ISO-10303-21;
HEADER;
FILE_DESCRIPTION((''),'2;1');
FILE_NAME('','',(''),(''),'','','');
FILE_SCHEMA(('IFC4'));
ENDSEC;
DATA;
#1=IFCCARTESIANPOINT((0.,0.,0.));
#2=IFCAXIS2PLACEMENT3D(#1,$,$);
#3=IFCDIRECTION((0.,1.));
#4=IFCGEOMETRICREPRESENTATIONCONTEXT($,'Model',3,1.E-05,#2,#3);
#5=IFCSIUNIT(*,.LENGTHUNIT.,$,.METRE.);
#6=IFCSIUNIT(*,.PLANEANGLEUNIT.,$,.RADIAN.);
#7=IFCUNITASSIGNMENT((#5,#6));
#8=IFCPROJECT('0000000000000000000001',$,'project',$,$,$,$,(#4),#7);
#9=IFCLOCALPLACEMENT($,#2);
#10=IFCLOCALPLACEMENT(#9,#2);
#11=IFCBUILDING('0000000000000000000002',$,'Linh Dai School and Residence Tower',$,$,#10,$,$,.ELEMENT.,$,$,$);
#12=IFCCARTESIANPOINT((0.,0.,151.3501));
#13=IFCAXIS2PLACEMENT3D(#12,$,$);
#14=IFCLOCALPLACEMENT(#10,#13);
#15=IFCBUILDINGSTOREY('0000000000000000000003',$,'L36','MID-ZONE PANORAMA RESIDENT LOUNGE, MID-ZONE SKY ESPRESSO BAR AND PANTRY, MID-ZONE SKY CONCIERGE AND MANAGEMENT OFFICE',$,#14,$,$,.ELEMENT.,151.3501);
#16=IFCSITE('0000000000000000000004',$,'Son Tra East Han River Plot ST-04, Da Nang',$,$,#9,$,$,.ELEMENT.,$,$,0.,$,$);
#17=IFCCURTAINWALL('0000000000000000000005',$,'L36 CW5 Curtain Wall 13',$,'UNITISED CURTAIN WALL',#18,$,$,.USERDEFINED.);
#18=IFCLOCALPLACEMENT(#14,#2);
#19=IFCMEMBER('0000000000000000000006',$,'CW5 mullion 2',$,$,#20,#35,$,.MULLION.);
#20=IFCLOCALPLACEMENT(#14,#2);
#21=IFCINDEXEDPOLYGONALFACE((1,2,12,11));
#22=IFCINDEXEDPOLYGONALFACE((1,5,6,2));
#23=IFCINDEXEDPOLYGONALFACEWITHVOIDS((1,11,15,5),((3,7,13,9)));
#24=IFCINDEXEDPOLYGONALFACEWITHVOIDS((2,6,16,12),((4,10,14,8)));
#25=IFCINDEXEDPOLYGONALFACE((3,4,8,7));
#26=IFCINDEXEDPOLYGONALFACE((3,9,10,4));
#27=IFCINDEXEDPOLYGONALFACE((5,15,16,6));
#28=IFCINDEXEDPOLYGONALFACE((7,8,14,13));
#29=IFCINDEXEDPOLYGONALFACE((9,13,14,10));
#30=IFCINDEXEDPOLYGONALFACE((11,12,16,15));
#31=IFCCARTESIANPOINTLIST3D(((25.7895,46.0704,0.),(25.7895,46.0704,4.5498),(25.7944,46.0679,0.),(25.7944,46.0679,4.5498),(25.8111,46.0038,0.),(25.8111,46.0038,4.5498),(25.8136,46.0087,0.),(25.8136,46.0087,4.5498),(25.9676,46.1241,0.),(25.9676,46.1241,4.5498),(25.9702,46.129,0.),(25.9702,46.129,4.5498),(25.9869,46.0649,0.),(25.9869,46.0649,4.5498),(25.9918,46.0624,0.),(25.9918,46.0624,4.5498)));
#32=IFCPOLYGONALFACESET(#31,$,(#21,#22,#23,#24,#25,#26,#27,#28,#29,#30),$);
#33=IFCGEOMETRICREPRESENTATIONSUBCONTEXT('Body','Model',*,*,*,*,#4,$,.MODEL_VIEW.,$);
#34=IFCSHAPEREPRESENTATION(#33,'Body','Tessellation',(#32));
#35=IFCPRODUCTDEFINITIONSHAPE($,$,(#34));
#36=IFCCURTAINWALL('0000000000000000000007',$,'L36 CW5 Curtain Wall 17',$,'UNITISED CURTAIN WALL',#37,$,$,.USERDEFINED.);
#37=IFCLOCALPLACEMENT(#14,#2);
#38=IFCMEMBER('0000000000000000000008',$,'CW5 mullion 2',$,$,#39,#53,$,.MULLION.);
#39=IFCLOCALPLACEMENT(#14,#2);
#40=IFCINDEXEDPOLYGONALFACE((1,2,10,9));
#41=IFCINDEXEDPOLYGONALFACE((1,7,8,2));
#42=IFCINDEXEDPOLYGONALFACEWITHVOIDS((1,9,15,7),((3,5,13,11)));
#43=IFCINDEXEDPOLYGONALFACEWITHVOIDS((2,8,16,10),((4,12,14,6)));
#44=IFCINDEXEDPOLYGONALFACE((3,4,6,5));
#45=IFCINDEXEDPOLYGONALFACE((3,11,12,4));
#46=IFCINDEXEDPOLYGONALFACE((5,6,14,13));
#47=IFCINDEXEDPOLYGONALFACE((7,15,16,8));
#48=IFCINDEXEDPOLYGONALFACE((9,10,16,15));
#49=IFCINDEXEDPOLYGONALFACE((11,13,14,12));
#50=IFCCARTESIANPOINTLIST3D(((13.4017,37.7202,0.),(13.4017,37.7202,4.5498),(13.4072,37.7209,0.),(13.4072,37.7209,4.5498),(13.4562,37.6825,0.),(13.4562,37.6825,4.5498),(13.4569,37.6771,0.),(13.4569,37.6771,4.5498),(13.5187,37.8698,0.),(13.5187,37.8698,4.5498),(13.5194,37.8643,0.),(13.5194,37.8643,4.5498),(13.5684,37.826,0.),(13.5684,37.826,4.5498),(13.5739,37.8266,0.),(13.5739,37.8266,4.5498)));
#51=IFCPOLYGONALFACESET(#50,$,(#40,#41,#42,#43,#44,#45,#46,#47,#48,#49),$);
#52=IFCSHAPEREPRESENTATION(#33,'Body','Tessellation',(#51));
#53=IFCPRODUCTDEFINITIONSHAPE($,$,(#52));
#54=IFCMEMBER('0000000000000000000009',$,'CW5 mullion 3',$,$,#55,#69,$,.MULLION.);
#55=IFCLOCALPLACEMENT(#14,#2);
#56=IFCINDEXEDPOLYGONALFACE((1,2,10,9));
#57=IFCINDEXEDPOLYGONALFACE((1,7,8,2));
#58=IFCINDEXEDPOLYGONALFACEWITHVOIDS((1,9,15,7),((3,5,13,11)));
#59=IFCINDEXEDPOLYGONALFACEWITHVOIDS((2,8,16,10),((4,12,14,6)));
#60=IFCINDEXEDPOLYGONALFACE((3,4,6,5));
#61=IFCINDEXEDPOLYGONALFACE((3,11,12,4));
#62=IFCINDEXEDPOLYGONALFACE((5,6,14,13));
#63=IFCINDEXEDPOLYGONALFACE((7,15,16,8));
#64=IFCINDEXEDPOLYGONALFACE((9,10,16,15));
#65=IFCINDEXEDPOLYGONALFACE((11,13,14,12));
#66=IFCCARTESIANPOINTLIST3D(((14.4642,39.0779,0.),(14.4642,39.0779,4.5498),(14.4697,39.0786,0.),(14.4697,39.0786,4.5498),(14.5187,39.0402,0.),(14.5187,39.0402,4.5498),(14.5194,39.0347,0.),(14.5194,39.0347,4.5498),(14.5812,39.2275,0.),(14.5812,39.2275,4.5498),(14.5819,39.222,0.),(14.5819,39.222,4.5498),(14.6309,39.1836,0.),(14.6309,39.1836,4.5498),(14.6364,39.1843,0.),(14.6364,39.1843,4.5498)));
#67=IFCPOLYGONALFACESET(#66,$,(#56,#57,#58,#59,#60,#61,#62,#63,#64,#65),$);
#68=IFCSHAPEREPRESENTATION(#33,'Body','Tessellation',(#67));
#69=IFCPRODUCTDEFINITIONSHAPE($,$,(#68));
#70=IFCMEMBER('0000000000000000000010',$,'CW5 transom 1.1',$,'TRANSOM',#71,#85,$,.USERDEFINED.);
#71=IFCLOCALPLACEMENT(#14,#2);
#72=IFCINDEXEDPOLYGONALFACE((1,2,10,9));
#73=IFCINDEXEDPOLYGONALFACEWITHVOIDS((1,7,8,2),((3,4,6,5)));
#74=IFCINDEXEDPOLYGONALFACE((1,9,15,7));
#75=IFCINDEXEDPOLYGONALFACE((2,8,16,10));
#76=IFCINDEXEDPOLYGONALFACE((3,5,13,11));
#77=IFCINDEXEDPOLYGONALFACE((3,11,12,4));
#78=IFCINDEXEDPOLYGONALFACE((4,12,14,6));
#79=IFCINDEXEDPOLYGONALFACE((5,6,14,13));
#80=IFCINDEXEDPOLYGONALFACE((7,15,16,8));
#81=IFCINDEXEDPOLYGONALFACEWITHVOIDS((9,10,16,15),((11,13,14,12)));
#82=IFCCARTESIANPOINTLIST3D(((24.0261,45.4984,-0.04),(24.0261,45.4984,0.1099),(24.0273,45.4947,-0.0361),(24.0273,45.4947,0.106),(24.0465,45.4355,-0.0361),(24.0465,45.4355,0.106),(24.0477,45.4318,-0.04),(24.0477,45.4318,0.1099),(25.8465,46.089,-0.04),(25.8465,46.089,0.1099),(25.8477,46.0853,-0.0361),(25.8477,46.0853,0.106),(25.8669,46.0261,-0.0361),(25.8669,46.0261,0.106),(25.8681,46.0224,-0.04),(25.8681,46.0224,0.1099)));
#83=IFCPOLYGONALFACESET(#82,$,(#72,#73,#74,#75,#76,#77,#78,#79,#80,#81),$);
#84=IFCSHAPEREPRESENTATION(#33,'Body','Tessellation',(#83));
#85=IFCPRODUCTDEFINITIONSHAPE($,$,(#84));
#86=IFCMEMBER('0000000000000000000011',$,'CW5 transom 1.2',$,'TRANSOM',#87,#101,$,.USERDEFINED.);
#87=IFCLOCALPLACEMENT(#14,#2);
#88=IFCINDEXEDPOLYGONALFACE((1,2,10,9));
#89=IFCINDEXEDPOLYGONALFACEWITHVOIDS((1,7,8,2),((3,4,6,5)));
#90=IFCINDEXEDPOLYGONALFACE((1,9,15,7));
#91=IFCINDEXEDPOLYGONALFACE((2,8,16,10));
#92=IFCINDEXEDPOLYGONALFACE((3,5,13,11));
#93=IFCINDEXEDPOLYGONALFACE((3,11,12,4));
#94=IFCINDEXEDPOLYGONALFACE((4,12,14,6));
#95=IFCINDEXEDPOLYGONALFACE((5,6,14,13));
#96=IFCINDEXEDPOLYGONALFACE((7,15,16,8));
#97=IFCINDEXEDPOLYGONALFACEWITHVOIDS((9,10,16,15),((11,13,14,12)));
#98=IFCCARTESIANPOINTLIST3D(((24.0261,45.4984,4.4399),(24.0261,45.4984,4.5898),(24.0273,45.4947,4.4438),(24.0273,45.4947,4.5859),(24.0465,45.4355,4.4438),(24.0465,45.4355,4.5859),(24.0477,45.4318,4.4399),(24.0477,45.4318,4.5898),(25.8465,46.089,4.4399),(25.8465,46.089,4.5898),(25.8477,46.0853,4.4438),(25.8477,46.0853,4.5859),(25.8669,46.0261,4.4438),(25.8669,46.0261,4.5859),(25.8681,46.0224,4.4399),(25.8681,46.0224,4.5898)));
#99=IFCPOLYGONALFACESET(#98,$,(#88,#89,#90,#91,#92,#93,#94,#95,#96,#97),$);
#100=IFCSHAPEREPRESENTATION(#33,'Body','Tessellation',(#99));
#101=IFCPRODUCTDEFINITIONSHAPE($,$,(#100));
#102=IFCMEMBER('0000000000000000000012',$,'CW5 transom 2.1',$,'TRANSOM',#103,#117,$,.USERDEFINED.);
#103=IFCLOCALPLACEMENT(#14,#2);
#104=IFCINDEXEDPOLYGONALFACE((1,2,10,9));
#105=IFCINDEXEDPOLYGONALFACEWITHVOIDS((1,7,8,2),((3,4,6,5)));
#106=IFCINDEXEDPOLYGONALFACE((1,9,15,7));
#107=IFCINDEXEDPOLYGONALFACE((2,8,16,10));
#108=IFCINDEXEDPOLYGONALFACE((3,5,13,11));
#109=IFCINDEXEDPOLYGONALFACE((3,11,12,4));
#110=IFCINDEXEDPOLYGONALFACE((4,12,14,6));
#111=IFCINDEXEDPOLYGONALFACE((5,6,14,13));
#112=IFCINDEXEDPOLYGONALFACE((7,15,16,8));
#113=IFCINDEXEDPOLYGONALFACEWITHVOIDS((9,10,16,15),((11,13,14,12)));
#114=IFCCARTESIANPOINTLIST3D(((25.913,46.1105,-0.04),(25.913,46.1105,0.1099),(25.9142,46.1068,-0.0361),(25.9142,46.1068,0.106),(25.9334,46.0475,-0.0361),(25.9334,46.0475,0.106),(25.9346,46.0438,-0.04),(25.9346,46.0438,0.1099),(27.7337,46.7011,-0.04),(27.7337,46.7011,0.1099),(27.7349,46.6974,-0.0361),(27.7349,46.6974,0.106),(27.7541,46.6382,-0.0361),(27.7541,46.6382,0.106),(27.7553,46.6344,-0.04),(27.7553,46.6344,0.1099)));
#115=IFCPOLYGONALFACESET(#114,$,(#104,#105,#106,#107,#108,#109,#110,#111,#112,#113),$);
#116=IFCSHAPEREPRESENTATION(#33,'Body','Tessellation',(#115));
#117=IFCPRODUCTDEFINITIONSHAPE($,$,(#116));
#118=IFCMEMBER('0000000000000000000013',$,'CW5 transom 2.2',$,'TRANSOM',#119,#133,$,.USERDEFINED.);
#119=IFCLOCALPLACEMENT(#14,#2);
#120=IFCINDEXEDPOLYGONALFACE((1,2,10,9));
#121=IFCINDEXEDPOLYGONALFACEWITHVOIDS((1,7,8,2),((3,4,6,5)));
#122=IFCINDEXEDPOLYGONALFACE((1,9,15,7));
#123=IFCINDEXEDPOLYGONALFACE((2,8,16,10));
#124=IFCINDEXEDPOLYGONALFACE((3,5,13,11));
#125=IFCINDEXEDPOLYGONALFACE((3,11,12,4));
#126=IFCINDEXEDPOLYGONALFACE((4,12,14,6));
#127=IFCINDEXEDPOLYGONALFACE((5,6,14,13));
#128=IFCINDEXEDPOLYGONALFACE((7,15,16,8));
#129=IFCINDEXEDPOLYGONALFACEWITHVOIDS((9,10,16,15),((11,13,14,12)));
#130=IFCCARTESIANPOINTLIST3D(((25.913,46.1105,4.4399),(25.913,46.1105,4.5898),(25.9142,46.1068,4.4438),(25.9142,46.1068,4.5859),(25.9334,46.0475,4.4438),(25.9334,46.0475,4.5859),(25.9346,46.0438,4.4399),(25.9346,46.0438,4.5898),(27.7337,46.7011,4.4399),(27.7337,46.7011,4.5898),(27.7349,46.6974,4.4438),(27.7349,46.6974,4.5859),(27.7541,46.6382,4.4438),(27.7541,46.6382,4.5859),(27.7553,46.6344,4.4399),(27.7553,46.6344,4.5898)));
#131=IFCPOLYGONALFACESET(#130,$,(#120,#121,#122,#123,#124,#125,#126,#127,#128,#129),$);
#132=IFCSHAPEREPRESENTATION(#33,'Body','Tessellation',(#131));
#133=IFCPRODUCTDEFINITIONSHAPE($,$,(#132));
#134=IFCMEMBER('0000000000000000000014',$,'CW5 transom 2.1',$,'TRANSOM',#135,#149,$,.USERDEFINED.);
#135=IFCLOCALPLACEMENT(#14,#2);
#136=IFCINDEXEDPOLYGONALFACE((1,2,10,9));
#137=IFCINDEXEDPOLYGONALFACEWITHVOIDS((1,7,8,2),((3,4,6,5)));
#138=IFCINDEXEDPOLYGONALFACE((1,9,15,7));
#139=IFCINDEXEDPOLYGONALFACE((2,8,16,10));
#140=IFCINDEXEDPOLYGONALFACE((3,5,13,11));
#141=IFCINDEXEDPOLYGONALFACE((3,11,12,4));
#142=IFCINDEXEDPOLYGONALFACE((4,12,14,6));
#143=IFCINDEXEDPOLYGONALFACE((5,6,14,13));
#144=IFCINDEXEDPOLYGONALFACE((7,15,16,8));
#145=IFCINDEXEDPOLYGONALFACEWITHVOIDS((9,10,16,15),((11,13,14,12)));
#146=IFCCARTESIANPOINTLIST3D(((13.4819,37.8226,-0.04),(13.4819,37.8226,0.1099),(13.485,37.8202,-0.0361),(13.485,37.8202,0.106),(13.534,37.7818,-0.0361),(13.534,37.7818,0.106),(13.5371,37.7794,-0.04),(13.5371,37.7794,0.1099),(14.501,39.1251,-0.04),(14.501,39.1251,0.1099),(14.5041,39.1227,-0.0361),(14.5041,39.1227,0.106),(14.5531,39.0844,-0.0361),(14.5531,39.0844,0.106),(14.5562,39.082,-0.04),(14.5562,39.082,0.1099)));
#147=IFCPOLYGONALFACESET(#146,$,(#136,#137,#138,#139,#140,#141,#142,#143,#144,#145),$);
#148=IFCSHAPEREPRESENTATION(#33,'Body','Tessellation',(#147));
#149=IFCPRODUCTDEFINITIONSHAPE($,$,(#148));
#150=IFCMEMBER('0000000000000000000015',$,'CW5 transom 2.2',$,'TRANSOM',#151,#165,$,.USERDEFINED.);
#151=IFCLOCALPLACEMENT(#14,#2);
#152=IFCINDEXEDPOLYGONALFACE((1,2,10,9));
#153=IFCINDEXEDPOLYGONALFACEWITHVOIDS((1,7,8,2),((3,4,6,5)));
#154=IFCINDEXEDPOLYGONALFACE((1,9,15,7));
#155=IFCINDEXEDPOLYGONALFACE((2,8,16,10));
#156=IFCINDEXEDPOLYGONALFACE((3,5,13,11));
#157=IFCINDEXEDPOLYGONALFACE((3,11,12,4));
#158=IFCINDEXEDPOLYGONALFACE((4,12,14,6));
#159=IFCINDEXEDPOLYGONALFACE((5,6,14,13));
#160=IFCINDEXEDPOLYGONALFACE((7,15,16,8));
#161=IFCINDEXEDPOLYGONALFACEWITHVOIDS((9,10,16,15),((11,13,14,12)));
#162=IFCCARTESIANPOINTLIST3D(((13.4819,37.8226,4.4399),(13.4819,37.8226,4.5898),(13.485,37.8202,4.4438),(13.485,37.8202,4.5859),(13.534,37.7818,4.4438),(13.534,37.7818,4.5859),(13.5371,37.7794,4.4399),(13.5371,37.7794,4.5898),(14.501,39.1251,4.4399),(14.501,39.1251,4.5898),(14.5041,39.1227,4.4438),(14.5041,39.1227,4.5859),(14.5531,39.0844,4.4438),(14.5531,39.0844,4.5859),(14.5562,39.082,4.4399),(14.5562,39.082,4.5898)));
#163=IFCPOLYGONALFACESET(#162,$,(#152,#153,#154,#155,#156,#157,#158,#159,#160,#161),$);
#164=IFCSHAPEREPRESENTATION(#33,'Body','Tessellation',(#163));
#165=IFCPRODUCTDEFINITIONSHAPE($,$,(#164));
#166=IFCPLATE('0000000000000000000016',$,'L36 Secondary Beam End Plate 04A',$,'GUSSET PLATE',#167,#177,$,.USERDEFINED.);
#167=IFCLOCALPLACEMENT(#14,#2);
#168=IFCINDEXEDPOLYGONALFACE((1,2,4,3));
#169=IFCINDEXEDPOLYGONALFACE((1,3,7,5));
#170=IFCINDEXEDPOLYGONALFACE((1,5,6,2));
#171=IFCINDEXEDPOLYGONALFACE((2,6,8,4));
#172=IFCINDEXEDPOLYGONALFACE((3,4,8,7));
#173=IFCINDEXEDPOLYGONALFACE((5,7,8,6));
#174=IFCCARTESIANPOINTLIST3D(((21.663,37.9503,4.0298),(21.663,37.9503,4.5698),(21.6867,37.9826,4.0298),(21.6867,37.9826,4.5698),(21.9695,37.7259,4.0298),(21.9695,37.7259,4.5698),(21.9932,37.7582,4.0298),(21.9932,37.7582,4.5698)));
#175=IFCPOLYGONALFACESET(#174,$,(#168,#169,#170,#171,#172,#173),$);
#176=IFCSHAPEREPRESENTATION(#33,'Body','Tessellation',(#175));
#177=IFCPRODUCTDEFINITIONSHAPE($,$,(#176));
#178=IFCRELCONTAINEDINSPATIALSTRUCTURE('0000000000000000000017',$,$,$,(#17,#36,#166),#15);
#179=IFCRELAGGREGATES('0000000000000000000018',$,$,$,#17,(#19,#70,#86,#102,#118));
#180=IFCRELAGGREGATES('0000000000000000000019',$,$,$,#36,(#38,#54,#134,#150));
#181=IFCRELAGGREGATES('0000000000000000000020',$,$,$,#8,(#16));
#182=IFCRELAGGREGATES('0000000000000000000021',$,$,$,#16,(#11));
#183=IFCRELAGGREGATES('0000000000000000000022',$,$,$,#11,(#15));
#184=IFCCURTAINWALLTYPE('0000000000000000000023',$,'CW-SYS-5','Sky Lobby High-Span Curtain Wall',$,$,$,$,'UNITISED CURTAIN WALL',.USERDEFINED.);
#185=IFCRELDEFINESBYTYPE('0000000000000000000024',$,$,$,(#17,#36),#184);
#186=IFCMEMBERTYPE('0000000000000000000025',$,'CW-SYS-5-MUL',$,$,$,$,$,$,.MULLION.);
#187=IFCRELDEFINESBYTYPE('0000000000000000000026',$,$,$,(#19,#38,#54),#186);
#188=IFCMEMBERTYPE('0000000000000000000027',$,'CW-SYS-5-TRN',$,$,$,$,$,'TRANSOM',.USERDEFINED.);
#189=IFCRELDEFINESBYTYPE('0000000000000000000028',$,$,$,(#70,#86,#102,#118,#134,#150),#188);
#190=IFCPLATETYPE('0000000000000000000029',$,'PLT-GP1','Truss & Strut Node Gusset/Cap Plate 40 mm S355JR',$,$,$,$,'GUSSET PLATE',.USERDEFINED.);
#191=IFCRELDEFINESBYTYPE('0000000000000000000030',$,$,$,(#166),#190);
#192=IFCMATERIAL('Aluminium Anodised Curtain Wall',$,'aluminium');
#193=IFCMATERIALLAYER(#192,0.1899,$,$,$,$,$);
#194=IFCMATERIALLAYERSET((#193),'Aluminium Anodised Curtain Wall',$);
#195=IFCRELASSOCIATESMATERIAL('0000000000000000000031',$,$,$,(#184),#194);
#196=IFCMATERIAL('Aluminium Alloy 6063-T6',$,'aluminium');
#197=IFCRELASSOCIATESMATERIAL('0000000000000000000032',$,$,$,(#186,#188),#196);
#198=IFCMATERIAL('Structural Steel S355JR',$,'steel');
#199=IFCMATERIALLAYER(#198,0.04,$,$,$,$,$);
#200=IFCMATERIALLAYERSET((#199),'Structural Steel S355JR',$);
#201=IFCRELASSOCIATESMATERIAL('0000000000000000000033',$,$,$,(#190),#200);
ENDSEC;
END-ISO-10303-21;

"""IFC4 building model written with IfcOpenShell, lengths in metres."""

from ifc_helpers import new_model, si_unit, direction, frame, origin, origin_2d, place, context, subcontext, project, spatial, rectangle, hollow_rectangle, extrude, source, transform, mapped, material, layer, layer_set, material_profile, profile_set, type_object, element, aggregate, save


model = new_model("IFC4")

# Units and contexts
model_context = context("Model", 3, precision=1e-05, world=origin(), true_north=direction((0.0, 1.0)))
body_context = subcontext(model_context, "Body", "Model", "MODEL_VIEW")
ifc_project = project(units=[si_unit("LENGTHUNIT", "METRE"), si_unit("PLANEANGLEUNIT", "RADIAN")], contexts=[model_context])

# Site, building, storey
site_placement = place(None, origin())
site = spatial("IfcSite", under=ifc_project, at=site_placement, Name="Son Tra East Han River Plot ST-04, Da Nang", CompositionType="ELEMENT", RefElevation=0.0)
building_placement = place(site_placement, origin())
building = spatial("IfcBuilding", under=site, at=building_placement, Name="Linh Dai School and Residence Tower", CompositionType="ELEMENT")
storey_placement = place(building_placement, frame((0.0, 0.0, 151.3501)))
storey = spatial("IfcBuildingStorey", under=building, at=storey_placement, Name="L36", Description="MID-ZONE PANORAMA RESIDENT LOUNGE, MID-ZONE SKY ESPRESSO BAR AND PANTRY, MID-ZONE SKY CONCIERGE AND MANAGEMENT OFFICE", CompositionType="ELEMENT", Elevation=151.3501)

# Shared definitions
ifc_material_1 = material(Name="Structural Steel S355JR", Category="steel")

# Curtain walls, members
ifc_material_2 = material(Name="Aluminium Anodised Curtain Wall", Category="aluminium")
ifc_layer_1 = layer(ifc_material_2, 0.1899)
ifc_layer_set_1 = layer_set([ifc_layer_1], Name="Aluminium Anodised Curtain Wall")
curtain_wall_type = type_object("IfcCurtainWallType", Name="CW-SYS-5", Description="Sky Lobby High-Span Curtain Wall", ElementType="UNITISED CURTAIN WALL", PredefinedType="USERDEFINED", material=ifc_layer_set_1)
curtain_wall_1_placement = place(storey_placement, origin())
curtain_wall_1 = element("IfcCurtainWall", 1, at=curtain_wall_1_placement, inside=storey, type_object=curtain_wall_type, Name="L36 CW5 Curtain Wall 13", ObjectType="UNITISED CURTAIN WALL", PredefinedType="USERDEFINED")
ifc_material_3 = material(Name="Aluminium Alloy 6063-T6", Category="aluminium")
ifc_material_profile_1 = material_profile(ifc_material_3, hollow_rectangle(XDim=0.0701, YDim=0.1899, WallThickness=0.0039, at=origin_2d()), Name="RHS 190x70x4")
ifc_profile_set_1 = profile_set([ifc_material_profile_1], Name="Aluminium Alloy 6063-T6")
member_type_1 = type_object("IfcMemberType", Name="CW-SYS-5-MUL", PredefinedType="MULLION", material=ifc_profile_set_1)
shared_shape_1 = source(origin(), body_context, "Body", "SweptSolid", [
    extrude(hollow_rectangle(XDim=0.0701, YDim=0.1899, WallThickness=0.0039, at=origin_2d()), origin(), (0.0, 0.0, 1.0), 4.5498),
])
member_1_placement = place(storey_placement, frame((25.8906, 46.0664, 0.0), z_axis=(0.0, 0.0, 1.0), x_axis=(-0.308536, 0.951213, 0.0)))
member_1 = element("IfcMember", 2, at=member_1_placement, type_object=member_type_1, Name="CW5 mullion 2", PredefinedType="MULLION", context=body_context, shape_type="MappedRepresentation", body=[
    mapped(shared_shape_1, transform((0.0, 0.0, 0.0), x_axis=(1.0, 0.0, 0.0), y_axis=(0.0, 1.0, 0.0), z_axis=(0.0, 0.0, 1.0), scale=1.0)),
])
curtain_wall_2_placement = place(storey_placement, origin())
curtain_wall_2 = element("IfcCurtainWall", 3, at=curtain_wall_2_placement, inside=storey, type_object=curtain_wall_type, Name="L36 CW5 Curtain Wall 17", ObjectType="UNITISED CURTAIN WALL", PredefinedType="USERDEFINED")
member_2_placement = place(storey_placement, frame((13.4878, 37.7734, 0.0), z_axis=(0.0, 0.0, 1.0), x_axis=(-0.787522, 0.616286, 0.0)))
member_2 = element("IfcMember", 4, at=member_2_placement, type_object=member_type_1, Name="CW5 mullion 2", PredefinedType="MULLION", context=body_context, shape_type="MappedRepresentation", body=[
    mapped(shared_shape_1, transform((0.0, 0.0, 0.0), x_axis=(1.0, 0.0, 0.0), y_axis=(0.0, 1.0, 0.0), z_axis=(0.0, 0.0, 1.0), scale=1.0)),
])
member_3_placement = place(storey_placement, frame((14.5503, 39.1311, 0.0), z_axis=(0.0, 0.0, 1.0), x_axis=(-0.787522, 0.616286, 0.0)))
member_3 = element("IfcMember", 5, at=member_3_placement, type_object=member_type_1, Name="CW5 mullion 3", PredefinedType="MULLION", context=body_context, shape_type="MappedRepresentation", body=[
    mapped(shared_shape_1, transform((0.0, 0.0, 0.0), x_axis=(1.0, 0.0, 0.0), y_axis=(0.0, 1.0, 0.0), z_axis=(0.0, 0.0, 1.0), scale=1.0)),
])

# Members
ifc_material_profile_2 = material_profile(ifc_material_3, hollow_rectangle(XDim=0.0701, YDim=0.1499, WallThickness=0.0039, at=origin_2d()), Name="RHS 150x70x4")
ifc_profile_set_2 = profile_set([ifc_material_profile_2], Name="Aluminium Alloy 6063-T6")
member_type_2 = type_object("IfcMemberType", Name="CW-SYS-5-TRN", ElementType="TRANSOM", PredefinedType="USERDEFINED", material=ifc_profile_set_2)
shared_shape_2 = source(origin(), body_context, "Body", "SweptSolid", [
    extrude(hollow_rectangle(XDim=0.0701, YDim=0.1499, WallThickness=0.0039, at=origin_2d()), origin(), (0.0, 0.0, 1.0), 1.9138),
])
member_4_placement = place(storey_placement, frame((24.0369, 45.4651, 0.0349), z_axis=(0.951191, 0.308601, 0.0), x_axis=(-0.308601, 0.951191, 0.0)))
member_4 = element("IfcMember", 6, at=member_4_placement, type_object=member_type_2, Name="CW5 transom 1.1", ObjectType="TRANSOM", PredefinedType="USERDEFINED", context=body_context, shape_type="MappedRepresentation", body=[
    mapped(shared_shape_2, transform((0.0, 0.0, 0.0), x_axis=(1.0, 0.0, 0.0), y_axis=(0.0, 1.0, 0.0), z_axis=(0.0, 0.0, 1.0), scale=1.0)),
])
member_5_placement = place(storey_placement, frame((24.0369, 45.4651, 4.5149), z_axis=(0.951191, 0.308601, 0.0), x_axis=(-0.308601, 0.951191, 0.0)))
member_5 = element("IfcMember", 7, at=member_5_placement, type_object=member_type_2, Name="CW5 transom 1.2", ObjectType="TRANSOM", PredefinedType="USERDEFINED", context=body_context, shape_type="MappedRepresentation", body=[
    mapped(shared_shape_2, transform((0.0, 0.0, 0.0), x_axis=(1.0, 0.0, 0.0), y_axis=(0.0, 1.0, 0.0), z_axis=(0.0, 0.0, 1.0), scale=1.0)),
])
shared_shape_3 = source(origin(), body_context, "Body", "SweptSolid", [
    extrude(hollow_rectangle(XDim=0.0701, YDim=0.1499, WallThickness=0.0039, at=origin_2d()), origin(), (0.0, 0.0, 1.0), 1.9141),
])
member_6_placement = place(storey_placement, frame((25.9238, 46.0771, 0.0349), z_axis=(0.951204, 0.308564, 0.0), x_axis=(-0.308564, 0.951204, 0.0)))
member_6 = element("IfcMember", 8, at=member_6_placement, type_object=member_type_2, Name="CW5 transom 2.1", ObjectType="TRANSOM", PredefinedType="USERDEFINED", context=body_context, shape_type="MappedRepresentation", body=[
    mapped(shared_shape_3, transform((0.0, 0.0, 0.0), x_axis=(1.0, 0.0, 0.0), y_axis=(0.0, 1.0, 0.0), z_axis=(0.0, 0.0, 1.0), scale=1.0)),
])
member_7_placement = place(storey_placement, frame((25.9238, 46.0771, 4.5149), z_axis=(0.951204, 0.308564, 0.0), x_axis=(-0.308564, 0.951204, 0.0)))
member_7 = element("IfcMember", 9, at=member_7_placement, type_object=member_type_2, Name="CW5 transom 2.2", ObjectType="TRANSOM", PredefinedType="USERDEFINED", context=body_context, shape_type="MappedRepresentation", body=[
    mapped(shared_shape_3, transform((0.0, 0.0, 0.0), x_axis=(1.0, 0.0, 0.0), y_axis=(0.0, 1.0, 0.0), z_axis=(0.0, 0.0, 1.0), scale=1.0)),
])
shared_shape_4 = source(origin(), body_context, "Body", "SweptSolid", [
    extrude(hollow_rectangle(XDim=0.0701, YDim=0.1499, WallThickness=0.0039, at=origin_2d()), origin(), (0.0, 0.0, 1.0), 1.6538),
])
member_8_placement = place(storey_placement, frame((13.5095, 37.801, 0.0349), z_axis=(0.616197, 0.787592, 0.0), x_axis=(-0.787592, 0.616197, 0.0)))
member_8 = element("IfcMember", 10, at=member_8_placement, type_object=member_type_2, Name="CW5 transom 2.1", ObjectType="TRANSOM", PredefinedType="USERDEFINED", context=body_context, shape_type="MappedRepresentation", body=[
    mapped(shared_shape_4, transform((0.0, 0.0, 0.0), x_axis=(1.0, 0.0, 0.0), y_axis=(0.0, 1.0, 0.0), z_axis=(0.0, 0.0, 1.0), scale=1.0)),
])
member_9_placement = place(storey_placement, frame((13.5095, 37.801, 4.5149), z_axis=(0.616197, 0.787592, 0.0), x_axis=(-0.787592, 0.616197, 0.0)))
member_9 = element("IfcMember", 11, at=member_9_placement, type_object=member_type_2, Name="CW5 transom 2.2", ObjectType="TRANSOM", PredefinedType="USERDEFINED", context=body_context, shape_type="MappedRepresentation", body=[
    mapped(shared_shape_4, transform((0.0, 0.0, 0.0), x_axis=(1.0, 0.0, 0.0), y_axis=(0.0, 1.0, 0.0), z_axis=(0.0, 0.0, 1.0), scale=1.0)),
])

# Plate
ifc_layer_2 = layer(ifc_material_1, 0.04)
ifc_layer_set_2 = layer_set([ifc_layer_2], Name="Structural Steel S355JR")
plate_type_1 = type_object("IfcPlateType", Name="PLT-GP1", Description="Truss & Strut Node Gusset/Cap Plate 40 mm S355JR", ElementType="GUSSET PLATE", PredefinedType="USERDEFINED", material=ifc_layer_set_2)
shared_shape_5 = source(origin(), body_context, "Body", "SweptSolid", [
    extrude(rectangle(XDim=0.04, YDim=0.3799, at=origin_2d()), origin(), (0.0, 0.0, 1.0), 0.54),
])
plate_1_placement = place(storey_placement, frame((21.8281, 37.8542, 4.0298), z_axis=(0.0, 0.0, 1.0), x_axis=(-0.590797, -0.80682, 0.0)))
element("IfcPlate", 12, at=plate_1_placement, inside=storey, type_object=plate_type_1, Name="L36 Secondary Beam End Plate 04A", ObjectType="GUSSET PLATE", PredefinedType="USERDEFINED", context=body_context, shape_type="MappedRepresentation", body=[
    mapped(shared_shape_5, transform((0.0, 0.0, 0.0), x_axis=(1.0, 0.0, 0.0), y_axis=(0.0, 1.0, 0.0), z_axis=(0.0, 0.0, 1.0), scale=1.0)),
])

aggregate(curtain_wall_1, [member_1, member_4, member_5, member_6, member_7])
aggregate(curtain_wall_2, [member_2, member_3, member_8, member_9])

save(model, "model.ifc")
